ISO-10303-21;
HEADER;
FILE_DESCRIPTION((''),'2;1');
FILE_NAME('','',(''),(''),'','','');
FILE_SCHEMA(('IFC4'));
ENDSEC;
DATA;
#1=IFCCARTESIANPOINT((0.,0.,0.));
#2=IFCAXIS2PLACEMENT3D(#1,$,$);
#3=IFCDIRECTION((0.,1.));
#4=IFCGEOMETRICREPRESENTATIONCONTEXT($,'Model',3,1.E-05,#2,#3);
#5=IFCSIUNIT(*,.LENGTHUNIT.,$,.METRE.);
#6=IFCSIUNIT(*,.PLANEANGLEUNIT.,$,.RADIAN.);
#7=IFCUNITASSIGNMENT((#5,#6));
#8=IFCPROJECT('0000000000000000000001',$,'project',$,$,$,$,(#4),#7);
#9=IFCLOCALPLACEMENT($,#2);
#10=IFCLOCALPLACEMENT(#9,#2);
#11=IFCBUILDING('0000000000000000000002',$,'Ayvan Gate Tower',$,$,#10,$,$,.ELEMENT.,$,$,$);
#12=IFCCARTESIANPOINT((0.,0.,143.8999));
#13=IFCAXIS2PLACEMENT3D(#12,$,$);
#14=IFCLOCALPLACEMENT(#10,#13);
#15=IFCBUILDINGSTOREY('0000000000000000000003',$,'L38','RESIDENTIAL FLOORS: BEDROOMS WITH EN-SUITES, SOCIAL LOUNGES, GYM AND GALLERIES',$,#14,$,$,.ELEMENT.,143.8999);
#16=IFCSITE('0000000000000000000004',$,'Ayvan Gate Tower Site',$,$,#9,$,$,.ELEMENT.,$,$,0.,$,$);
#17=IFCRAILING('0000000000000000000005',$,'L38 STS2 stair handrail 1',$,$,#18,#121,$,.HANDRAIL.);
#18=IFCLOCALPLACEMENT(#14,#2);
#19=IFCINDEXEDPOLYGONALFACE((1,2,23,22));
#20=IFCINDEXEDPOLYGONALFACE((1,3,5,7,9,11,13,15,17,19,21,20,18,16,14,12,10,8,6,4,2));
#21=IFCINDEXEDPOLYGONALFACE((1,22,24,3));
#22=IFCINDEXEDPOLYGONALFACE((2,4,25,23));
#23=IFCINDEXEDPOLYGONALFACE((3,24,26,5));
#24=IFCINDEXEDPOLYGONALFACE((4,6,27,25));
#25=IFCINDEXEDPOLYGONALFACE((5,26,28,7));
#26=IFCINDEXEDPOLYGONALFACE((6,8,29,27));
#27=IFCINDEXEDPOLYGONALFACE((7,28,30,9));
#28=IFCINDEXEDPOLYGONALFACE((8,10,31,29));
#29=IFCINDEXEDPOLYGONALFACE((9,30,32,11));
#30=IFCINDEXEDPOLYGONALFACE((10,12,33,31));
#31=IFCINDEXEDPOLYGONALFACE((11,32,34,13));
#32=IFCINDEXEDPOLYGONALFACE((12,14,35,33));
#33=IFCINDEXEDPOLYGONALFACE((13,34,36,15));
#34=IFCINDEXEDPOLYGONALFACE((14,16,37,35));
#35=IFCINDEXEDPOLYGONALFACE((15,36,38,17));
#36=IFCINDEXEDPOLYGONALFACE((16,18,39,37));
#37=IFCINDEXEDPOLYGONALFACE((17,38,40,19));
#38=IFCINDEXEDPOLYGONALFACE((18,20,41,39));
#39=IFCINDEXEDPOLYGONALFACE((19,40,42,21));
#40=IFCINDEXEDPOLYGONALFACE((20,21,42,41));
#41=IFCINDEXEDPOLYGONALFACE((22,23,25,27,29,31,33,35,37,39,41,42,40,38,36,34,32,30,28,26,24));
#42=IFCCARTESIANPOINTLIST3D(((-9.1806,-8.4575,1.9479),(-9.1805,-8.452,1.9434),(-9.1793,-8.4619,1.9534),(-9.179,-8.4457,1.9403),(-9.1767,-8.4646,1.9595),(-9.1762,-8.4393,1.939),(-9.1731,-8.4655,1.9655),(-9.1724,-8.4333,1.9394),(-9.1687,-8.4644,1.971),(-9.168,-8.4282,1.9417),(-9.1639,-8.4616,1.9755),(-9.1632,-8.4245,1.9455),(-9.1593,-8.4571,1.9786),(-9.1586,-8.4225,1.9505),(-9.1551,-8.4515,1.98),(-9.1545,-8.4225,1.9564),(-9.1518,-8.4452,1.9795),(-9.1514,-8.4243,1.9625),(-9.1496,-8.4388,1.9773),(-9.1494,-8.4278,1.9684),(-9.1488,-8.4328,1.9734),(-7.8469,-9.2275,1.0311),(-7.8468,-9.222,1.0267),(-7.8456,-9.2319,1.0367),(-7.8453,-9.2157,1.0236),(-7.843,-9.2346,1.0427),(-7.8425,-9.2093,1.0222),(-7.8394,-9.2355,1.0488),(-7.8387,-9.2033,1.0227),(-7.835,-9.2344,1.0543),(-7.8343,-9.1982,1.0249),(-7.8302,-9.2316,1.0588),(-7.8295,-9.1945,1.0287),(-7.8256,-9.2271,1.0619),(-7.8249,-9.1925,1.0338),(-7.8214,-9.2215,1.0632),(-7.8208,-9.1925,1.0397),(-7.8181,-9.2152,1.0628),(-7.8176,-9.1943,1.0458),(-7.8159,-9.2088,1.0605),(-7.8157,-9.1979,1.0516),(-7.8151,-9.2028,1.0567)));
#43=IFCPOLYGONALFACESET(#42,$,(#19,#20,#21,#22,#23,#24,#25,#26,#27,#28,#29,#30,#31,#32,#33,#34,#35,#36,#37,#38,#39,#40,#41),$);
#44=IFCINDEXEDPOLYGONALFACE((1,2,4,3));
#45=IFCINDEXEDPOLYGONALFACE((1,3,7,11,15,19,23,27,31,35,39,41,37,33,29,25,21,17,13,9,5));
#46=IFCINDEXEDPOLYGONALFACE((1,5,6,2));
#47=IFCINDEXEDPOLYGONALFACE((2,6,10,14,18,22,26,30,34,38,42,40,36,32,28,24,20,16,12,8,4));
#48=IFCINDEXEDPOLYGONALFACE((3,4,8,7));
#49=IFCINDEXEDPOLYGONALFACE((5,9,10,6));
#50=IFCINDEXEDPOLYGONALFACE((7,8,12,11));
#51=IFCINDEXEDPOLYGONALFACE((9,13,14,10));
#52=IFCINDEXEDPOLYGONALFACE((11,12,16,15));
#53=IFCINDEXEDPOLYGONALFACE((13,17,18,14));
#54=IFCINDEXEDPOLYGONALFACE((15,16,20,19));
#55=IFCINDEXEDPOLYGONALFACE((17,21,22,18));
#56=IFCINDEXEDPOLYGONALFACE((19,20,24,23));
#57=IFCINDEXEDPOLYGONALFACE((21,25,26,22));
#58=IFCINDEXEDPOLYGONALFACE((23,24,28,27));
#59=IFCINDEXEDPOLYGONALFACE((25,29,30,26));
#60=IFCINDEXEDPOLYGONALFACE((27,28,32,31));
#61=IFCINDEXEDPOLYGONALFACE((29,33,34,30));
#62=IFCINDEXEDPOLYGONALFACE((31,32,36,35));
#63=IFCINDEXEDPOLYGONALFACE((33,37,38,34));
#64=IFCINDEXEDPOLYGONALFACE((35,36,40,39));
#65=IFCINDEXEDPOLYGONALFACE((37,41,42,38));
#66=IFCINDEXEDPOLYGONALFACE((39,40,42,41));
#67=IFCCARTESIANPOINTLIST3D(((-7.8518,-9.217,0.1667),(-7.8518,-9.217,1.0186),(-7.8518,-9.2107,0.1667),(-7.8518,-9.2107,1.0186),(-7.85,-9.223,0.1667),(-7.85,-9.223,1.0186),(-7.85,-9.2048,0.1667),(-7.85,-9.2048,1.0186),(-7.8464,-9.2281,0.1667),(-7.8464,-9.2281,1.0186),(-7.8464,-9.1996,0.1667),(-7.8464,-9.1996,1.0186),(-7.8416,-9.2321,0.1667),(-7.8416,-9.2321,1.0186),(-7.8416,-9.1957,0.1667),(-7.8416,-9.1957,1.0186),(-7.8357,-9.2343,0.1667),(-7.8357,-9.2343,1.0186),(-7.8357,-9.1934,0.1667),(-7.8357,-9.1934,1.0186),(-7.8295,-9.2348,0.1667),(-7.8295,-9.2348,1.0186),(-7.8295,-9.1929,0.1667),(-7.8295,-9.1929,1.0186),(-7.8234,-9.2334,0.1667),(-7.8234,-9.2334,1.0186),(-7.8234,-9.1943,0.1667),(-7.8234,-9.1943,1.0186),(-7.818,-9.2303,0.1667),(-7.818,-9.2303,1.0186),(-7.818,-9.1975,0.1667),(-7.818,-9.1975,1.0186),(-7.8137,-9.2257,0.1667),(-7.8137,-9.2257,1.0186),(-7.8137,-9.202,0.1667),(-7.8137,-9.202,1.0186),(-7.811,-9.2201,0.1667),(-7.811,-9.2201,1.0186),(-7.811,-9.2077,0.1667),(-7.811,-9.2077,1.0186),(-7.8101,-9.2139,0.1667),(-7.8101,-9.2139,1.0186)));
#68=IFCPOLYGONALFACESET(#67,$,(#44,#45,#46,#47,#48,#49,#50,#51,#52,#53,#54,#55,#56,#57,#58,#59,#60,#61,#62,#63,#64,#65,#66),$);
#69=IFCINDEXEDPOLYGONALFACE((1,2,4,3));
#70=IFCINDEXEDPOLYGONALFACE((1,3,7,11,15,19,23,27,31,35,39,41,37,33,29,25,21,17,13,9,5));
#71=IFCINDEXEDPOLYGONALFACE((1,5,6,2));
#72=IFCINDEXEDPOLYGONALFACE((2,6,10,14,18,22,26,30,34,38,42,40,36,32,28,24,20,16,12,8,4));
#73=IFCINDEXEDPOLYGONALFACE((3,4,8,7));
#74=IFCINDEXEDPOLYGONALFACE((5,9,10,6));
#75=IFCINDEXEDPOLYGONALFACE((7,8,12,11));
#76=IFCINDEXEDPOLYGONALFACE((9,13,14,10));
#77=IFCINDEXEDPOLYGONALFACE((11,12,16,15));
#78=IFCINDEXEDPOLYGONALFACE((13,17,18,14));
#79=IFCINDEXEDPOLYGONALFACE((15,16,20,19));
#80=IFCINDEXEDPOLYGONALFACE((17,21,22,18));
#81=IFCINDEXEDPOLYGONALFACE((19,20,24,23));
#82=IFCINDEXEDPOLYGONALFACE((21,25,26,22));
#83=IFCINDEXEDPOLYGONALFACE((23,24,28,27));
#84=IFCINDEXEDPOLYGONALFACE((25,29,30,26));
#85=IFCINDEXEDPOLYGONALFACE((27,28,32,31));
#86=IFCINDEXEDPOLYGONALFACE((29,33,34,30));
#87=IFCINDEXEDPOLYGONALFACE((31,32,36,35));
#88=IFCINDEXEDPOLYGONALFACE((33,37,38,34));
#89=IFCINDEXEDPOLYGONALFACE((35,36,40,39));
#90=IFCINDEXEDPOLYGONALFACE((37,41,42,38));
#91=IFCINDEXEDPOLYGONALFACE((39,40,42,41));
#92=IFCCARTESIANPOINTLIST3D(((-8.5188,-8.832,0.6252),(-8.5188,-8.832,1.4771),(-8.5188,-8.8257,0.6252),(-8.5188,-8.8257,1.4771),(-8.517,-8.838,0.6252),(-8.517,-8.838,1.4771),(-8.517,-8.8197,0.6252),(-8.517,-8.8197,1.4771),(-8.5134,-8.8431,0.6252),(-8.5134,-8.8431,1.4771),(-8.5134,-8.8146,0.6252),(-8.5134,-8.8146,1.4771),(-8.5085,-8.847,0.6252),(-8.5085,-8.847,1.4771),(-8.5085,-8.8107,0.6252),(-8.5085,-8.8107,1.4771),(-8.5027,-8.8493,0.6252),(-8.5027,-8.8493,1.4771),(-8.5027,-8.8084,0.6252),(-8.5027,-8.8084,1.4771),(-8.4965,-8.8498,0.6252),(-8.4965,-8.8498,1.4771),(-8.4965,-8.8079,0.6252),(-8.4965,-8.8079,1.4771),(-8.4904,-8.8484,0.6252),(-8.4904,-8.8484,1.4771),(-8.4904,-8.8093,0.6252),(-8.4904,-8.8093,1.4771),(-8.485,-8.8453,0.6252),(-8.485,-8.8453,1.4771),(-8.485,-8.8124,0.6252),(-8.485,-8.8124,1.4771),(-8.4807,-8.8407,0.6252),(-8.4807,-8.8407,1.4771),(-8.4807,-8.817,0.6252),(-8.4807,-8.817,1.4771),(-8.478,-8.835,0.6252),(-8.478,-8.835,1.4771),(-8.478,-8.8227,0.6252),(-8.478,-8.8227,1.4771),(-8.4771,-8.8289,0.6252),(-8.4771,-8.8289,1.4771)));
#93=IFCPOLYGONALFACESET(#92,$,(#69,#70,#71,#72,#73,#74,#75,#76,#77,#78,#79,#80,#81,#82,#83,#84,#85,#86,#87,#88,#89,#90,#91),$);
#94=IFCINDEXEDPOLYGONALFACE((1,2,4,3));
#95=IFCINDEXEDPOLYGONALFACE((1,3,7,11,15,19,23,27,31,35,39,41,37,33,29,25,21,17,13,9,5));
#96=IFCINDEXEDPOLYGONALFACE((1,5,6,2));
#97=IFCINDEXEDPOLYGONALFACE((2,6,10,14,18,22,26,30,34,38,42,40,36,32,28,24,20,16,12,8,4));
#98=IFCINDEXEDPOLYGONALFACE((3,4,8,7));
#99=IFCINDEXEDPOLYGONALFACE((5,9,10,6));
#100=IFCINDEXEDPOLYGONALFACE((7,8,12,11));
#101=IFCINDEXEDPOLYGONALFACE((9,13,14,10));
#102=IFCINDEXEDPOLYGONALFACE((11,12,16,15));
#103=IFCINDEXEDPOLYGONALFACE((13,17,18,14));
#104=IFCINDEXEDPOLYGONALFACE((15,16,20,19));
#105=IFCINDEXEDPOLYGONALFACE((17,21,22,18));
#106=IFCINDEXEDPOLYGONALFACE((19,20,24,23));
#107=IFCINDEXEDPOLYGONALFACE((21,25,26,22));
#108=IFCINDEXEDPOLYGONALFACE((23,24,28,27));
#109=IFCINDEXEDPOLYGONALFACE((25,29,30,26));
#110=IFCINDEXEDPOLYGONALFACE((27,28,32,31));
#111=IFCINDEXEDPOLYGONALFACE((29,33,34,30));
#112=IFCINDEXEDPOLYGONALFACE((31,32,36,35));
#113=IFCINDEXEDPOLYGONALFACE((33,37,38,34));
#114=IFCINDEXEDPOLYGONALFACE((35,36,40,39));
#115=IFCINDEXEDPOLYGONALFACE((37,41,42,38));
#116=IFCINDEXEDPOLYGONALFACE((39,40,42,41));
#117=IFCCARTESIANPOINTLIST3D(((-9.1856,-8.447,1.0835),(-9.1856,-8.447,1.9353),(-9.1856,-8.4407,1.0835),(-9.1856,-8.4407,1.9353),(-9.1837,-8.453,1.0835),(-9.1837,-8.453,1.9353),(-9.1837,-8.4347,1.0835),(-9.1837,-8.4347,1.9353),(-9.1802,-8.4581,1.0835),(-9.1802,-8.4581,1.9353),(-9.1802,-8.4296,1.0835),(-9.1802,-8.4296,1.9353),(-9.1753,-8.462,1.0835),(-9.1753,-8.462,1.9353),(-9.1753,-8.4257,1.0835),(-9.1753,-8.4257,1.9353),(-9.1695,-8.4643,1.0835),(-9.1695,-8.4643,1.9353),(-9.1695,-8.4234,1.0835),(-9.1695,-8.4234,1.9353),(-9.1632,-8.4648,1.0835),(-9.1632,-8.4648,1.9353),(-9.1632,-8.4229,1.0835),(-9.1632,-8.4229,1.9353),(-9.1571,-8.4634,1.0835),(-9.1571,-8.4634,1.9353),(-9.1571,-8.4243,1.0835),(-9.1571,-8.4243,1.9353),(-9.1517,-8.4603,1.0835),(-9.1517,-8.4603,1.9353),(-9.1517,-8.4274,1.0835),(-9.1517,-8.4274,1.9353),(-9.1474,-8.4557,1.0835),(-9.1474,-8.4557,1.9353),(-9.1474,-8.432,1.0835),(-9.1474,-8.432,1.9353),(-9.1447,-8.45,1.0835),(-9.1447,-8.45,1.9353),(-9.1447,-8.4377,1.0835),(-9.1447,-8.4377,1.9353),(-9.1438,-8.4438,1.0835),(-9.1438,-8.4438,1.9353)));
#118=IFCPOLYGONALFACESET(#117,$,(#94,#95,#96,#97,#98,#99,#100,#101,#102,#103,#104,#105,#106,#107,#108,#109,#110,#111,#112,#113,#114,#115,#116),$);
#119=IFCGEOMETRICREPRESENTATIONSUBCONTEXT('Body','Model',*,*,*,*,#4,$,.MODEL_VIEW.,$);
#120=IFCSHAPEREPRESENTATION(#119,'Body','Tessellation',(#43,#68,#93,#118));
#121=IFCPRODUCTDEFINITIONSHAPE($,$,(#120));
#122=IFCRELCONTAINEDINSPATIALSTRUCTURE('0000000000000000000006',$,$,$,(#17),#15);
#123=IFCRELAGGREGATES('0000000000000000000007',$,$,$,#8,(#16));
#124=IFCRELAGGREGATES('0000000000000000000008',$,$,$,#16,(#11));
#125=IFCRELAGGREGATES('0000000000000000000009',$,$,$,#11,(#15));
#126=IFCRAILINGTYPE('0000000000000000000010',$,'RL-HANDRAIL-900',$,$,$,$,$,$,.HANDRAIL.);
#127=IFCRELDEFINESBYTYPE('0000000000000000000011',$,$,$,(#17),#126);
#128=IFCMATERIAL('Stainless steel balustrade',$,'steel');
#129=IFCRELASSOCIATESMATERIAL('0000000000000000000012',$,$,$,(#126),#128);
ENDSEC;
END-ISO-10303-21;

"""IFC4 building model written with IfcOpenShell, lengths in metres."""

from ifc_helpers import new_model, si_unit, direction, frame, origin, origin_2d, place, context, subcontext, project, spatial, circle, extrude, material, type_object, element, save


model = new_model("IFC4")

# Units and contexts
model_context = context("Model", 3, precision=1e-05, world=origin(), true_north=direction((0.0, 1.0)))
body_context = subcontext(model_context, "Body", "Model", "MODEL_VIEW")
ifc_project = project(units=[si_unit("LENGTHUNIT", "METRE"), si_unit("PLANEANGLEUNIT", "RADIAN")], contexts=[model_context])

# Site, building, storey
site_placement = place(None, origin())
site = spatial("IfcSite", under=ifc_project, at=site_placement, Name="Ayvan Gate Tower Site", CompositionType="ELEMENT", RefElevation=0.0)
building_placement = place(site_placement, origin())
building = spatial("IfcBuilding", under=site, at=building_placement, Name="Ayvan Gate Tower", CompositionType="ELEMENT")
storey_placement = place(building_placement, frame((0.0, 0.0, 143.8999)))
storey = spatial("IfcBuildingStorey", under=building, at=storey_placement, Name="L38", Description="RESIDENTIAL FLOORS: BEDROOMS WITH EN-SUITES, SOCIAL LOUNGES, GYM AND GALLERIES", CompositionType="ELEMENT", Elevation=143.8999)

# Railing
ifc_material_1 = material(Name="Stainless steel balustrade", Category="steel")
railing_type_1 = type_object("IfcRailingType", Name="RL-HANDRAIL-900", PredefinedType="HANDRAIL", material=ifc_material_1)
railing_1_placement = place(storey_placement, frame((-7.8311, -9.2139, 0.1667)))
element("IfcRailing", 1, at=railing_1_placement, inside=storey, type_object=railing_type_1, Name="L38 STS2 stair handrail 1", PredefinedType="HANDRAIL", context=body_context, shape_type="SweptSolid", body=[
    extrude(circle(Radius=0.0239, at=origin_2d()), frame((0.0, 0.0, 0.876), z_axis=(-0.744164, 0.429634, 0.511502), x_axis=(-0.499992, -0.86603, 0.0)), (0.0, 0.0, 1.0), 1.7922),
    extrude(circle(Radius=0.021, at=origin_2d()), origin(), (0.0, 0.0, 1.0), 0.8518),
    extrude(circle(Radius=0.021, at=origin_2d()), frame((-0.667, 0.385, 0.4585)), (0.0, 0.0, 1.0), 0.8518),
    extrude(circle(Radius=0.021, at=origin_2d()), frame((-1.3337, 0.77, 0.9167)), (0.0, 0.0, 1.0), 0.8518),
])

save(model, "model.ifc")
